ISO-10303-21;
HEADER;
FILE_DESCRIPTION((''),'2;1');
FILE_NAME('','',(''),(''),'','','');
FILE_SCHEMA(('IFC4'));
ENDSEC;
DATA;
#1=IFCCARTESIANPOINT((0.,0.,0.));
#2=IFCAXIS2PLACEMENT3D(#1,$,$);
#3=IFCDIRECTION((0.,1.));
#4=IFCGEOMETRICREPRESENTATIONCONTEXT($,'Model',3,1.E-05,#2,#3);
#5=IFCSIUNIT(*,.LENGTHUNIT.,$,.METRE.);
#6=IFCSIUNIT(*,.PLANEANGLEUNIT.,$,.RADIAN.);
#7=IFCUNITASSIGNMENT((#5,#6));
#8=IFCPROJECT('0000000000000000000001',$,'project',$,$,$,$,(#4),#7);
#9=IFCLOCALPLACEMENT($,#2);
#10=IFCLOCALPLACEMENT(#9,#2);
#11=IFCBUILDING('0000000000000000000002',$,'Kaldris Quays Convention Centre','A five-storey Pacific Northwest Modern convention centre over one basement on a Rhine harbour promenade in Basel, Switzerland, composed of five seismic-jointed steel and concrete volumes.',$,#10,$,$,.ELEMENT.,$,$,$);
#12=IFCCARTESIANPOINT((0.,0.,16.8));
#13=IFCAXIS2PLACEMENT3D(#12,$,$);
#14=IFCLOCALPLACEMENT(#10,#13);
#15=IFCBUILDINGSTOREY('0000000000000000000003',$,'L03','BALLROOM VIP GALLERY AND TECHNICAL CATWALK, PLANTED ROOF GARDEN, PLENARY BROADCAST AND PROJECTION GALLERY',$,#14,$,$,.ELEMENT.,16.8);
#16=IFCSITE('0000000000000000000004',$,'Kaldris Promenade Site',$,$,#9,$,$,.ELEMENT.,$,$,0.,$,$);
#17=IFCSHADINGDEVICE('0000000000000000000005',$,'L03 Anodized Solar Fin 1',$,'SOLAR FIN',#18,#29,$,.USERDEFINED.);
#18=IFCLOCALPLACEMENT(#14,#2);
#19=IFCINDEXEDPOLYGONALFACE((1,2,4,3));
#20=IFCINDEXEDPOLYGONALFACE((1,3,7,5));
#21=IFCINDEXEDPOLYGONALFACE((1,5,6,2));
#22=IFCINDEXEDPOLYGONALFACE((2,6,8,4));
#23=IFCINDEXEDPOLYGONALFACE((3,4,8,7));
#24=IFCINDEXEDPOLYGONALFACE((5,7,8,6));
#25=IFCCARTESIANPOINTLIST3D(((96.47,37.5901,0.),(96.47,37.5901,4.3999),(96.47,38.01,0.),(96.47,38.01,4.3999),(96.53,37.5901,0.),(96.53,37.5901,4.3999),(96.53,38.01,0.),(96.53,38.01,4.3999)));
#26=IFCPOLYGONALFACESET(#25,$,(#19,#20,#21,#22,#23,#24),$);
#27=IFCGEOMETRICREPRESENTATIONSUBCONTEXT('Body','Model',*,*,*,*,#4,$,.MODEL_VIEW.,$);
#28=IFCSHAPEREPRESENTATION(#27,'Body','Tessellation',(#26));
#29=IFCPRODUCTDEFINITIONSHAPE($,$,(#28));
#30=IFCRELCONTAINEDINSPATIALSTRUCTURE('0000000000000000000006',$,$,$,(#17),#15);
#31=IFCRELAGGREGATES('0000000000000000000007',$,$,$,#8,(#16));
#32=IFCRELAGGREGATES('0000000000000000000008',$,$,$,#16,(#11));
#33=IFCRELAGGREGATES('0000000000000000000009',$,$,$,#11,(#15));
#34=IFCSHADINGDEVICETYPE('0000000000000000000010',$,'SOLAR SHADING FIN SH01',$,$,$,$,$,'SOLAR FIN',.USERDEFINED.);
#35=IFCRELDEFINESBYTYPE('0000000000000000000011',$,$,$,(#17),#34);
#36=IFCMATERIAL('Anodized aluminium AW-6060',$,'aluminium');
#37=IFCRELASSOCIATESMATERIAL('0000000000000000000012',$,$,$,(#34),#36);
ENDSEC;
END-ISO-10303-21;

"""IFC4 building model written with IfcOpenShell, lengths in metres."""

from ifc_helpers import new_model, si_unit, direction, frame, origin, origin_2d, place, context, subcontext, project, spatial, rectangle, extrude, material, type_object, element, save


model = new_model("IFC4")

# Units and contexts
model_context = context("Model", 3, precision=1e-05, world=origin(), true_north=direction((0.0, 1.0)))
body_context = subcontext(model_context, "Body", "Model", "MODEL_VIEW")
ifc_project = project(units=[si_unit("LENGTHUNIT", "METRE"), si_unit("PLANEANGLEUNIT", "RADIAN")], contexts=[model_context])

# Site, building, storey
site_placement = place(None, origin())
site = spatial("IfcSite", under=ifc_project, at=site_placement, Name="Kaldris Promenade Site", CompositionType="ELEMENT", RefElevation=0.0)
building_placement = place(site_placement, origin())
building = spatial("IfcBuilding", under=site, at=building_placement, Name="Kaldris Quays Convention Centre", Description="A five-storey Pacific Northwest Modern convention centre over one basement on a Rhine harbour promenade in Basel, Switzerland, composed of five seismic-jointed steel and concrete volumes.", CompositionType="ELEMENT")
storey_placement = place(building_placement, frame((0.0, 0.0, 16.8)))
storey = spatial("IfcBuildingStorey", under=building, at=storey_placement, Name="L03", Description="BALLROOM VIP GALLERY AND TECHNICAL CATWALK, PLANTED ROOF GARDEN, PLENARY BROADCAST AND PROJECTION GALLERY", CompositionType="ELEMENT", Elevation=16.8)

# Shared definitions
ifc_material_1 = material(Name="Anodized aluminium AW-6060", Category="aluminium")

# Shading device
shading_device_type = type_object("IfcShadingDeviceType", Name="SOLAR SHADING FIN SH01", ElementType="SOLAR FIN", PredefinedType="USERDEFINED", material=ifc_material_1)
shading_device_placement = place(storey_placement, frame((96.5, 37.8, 0.0), z_axis=(0.0, 0.0, 1.0), x_axis=(1.0, 0.0, 0.0)))
element("IfcShadingDevice", 1, at=shading_device_placement, inside=storey, type_object=shading_device_type, Name="L03 Anodized Solar Fin 1", ObjectType="SOLAR FIN", PredefinedType="USERDEFINED", context=body_context, shape_type="SweptSolid", body=[
    extrude(rectangle(XDim=0.0601, YDim=0.4199, at=origin_2d()), origin(), (0.0, 0.0, 1.0), 4.3999),
])

save(model, "model.ifc")
